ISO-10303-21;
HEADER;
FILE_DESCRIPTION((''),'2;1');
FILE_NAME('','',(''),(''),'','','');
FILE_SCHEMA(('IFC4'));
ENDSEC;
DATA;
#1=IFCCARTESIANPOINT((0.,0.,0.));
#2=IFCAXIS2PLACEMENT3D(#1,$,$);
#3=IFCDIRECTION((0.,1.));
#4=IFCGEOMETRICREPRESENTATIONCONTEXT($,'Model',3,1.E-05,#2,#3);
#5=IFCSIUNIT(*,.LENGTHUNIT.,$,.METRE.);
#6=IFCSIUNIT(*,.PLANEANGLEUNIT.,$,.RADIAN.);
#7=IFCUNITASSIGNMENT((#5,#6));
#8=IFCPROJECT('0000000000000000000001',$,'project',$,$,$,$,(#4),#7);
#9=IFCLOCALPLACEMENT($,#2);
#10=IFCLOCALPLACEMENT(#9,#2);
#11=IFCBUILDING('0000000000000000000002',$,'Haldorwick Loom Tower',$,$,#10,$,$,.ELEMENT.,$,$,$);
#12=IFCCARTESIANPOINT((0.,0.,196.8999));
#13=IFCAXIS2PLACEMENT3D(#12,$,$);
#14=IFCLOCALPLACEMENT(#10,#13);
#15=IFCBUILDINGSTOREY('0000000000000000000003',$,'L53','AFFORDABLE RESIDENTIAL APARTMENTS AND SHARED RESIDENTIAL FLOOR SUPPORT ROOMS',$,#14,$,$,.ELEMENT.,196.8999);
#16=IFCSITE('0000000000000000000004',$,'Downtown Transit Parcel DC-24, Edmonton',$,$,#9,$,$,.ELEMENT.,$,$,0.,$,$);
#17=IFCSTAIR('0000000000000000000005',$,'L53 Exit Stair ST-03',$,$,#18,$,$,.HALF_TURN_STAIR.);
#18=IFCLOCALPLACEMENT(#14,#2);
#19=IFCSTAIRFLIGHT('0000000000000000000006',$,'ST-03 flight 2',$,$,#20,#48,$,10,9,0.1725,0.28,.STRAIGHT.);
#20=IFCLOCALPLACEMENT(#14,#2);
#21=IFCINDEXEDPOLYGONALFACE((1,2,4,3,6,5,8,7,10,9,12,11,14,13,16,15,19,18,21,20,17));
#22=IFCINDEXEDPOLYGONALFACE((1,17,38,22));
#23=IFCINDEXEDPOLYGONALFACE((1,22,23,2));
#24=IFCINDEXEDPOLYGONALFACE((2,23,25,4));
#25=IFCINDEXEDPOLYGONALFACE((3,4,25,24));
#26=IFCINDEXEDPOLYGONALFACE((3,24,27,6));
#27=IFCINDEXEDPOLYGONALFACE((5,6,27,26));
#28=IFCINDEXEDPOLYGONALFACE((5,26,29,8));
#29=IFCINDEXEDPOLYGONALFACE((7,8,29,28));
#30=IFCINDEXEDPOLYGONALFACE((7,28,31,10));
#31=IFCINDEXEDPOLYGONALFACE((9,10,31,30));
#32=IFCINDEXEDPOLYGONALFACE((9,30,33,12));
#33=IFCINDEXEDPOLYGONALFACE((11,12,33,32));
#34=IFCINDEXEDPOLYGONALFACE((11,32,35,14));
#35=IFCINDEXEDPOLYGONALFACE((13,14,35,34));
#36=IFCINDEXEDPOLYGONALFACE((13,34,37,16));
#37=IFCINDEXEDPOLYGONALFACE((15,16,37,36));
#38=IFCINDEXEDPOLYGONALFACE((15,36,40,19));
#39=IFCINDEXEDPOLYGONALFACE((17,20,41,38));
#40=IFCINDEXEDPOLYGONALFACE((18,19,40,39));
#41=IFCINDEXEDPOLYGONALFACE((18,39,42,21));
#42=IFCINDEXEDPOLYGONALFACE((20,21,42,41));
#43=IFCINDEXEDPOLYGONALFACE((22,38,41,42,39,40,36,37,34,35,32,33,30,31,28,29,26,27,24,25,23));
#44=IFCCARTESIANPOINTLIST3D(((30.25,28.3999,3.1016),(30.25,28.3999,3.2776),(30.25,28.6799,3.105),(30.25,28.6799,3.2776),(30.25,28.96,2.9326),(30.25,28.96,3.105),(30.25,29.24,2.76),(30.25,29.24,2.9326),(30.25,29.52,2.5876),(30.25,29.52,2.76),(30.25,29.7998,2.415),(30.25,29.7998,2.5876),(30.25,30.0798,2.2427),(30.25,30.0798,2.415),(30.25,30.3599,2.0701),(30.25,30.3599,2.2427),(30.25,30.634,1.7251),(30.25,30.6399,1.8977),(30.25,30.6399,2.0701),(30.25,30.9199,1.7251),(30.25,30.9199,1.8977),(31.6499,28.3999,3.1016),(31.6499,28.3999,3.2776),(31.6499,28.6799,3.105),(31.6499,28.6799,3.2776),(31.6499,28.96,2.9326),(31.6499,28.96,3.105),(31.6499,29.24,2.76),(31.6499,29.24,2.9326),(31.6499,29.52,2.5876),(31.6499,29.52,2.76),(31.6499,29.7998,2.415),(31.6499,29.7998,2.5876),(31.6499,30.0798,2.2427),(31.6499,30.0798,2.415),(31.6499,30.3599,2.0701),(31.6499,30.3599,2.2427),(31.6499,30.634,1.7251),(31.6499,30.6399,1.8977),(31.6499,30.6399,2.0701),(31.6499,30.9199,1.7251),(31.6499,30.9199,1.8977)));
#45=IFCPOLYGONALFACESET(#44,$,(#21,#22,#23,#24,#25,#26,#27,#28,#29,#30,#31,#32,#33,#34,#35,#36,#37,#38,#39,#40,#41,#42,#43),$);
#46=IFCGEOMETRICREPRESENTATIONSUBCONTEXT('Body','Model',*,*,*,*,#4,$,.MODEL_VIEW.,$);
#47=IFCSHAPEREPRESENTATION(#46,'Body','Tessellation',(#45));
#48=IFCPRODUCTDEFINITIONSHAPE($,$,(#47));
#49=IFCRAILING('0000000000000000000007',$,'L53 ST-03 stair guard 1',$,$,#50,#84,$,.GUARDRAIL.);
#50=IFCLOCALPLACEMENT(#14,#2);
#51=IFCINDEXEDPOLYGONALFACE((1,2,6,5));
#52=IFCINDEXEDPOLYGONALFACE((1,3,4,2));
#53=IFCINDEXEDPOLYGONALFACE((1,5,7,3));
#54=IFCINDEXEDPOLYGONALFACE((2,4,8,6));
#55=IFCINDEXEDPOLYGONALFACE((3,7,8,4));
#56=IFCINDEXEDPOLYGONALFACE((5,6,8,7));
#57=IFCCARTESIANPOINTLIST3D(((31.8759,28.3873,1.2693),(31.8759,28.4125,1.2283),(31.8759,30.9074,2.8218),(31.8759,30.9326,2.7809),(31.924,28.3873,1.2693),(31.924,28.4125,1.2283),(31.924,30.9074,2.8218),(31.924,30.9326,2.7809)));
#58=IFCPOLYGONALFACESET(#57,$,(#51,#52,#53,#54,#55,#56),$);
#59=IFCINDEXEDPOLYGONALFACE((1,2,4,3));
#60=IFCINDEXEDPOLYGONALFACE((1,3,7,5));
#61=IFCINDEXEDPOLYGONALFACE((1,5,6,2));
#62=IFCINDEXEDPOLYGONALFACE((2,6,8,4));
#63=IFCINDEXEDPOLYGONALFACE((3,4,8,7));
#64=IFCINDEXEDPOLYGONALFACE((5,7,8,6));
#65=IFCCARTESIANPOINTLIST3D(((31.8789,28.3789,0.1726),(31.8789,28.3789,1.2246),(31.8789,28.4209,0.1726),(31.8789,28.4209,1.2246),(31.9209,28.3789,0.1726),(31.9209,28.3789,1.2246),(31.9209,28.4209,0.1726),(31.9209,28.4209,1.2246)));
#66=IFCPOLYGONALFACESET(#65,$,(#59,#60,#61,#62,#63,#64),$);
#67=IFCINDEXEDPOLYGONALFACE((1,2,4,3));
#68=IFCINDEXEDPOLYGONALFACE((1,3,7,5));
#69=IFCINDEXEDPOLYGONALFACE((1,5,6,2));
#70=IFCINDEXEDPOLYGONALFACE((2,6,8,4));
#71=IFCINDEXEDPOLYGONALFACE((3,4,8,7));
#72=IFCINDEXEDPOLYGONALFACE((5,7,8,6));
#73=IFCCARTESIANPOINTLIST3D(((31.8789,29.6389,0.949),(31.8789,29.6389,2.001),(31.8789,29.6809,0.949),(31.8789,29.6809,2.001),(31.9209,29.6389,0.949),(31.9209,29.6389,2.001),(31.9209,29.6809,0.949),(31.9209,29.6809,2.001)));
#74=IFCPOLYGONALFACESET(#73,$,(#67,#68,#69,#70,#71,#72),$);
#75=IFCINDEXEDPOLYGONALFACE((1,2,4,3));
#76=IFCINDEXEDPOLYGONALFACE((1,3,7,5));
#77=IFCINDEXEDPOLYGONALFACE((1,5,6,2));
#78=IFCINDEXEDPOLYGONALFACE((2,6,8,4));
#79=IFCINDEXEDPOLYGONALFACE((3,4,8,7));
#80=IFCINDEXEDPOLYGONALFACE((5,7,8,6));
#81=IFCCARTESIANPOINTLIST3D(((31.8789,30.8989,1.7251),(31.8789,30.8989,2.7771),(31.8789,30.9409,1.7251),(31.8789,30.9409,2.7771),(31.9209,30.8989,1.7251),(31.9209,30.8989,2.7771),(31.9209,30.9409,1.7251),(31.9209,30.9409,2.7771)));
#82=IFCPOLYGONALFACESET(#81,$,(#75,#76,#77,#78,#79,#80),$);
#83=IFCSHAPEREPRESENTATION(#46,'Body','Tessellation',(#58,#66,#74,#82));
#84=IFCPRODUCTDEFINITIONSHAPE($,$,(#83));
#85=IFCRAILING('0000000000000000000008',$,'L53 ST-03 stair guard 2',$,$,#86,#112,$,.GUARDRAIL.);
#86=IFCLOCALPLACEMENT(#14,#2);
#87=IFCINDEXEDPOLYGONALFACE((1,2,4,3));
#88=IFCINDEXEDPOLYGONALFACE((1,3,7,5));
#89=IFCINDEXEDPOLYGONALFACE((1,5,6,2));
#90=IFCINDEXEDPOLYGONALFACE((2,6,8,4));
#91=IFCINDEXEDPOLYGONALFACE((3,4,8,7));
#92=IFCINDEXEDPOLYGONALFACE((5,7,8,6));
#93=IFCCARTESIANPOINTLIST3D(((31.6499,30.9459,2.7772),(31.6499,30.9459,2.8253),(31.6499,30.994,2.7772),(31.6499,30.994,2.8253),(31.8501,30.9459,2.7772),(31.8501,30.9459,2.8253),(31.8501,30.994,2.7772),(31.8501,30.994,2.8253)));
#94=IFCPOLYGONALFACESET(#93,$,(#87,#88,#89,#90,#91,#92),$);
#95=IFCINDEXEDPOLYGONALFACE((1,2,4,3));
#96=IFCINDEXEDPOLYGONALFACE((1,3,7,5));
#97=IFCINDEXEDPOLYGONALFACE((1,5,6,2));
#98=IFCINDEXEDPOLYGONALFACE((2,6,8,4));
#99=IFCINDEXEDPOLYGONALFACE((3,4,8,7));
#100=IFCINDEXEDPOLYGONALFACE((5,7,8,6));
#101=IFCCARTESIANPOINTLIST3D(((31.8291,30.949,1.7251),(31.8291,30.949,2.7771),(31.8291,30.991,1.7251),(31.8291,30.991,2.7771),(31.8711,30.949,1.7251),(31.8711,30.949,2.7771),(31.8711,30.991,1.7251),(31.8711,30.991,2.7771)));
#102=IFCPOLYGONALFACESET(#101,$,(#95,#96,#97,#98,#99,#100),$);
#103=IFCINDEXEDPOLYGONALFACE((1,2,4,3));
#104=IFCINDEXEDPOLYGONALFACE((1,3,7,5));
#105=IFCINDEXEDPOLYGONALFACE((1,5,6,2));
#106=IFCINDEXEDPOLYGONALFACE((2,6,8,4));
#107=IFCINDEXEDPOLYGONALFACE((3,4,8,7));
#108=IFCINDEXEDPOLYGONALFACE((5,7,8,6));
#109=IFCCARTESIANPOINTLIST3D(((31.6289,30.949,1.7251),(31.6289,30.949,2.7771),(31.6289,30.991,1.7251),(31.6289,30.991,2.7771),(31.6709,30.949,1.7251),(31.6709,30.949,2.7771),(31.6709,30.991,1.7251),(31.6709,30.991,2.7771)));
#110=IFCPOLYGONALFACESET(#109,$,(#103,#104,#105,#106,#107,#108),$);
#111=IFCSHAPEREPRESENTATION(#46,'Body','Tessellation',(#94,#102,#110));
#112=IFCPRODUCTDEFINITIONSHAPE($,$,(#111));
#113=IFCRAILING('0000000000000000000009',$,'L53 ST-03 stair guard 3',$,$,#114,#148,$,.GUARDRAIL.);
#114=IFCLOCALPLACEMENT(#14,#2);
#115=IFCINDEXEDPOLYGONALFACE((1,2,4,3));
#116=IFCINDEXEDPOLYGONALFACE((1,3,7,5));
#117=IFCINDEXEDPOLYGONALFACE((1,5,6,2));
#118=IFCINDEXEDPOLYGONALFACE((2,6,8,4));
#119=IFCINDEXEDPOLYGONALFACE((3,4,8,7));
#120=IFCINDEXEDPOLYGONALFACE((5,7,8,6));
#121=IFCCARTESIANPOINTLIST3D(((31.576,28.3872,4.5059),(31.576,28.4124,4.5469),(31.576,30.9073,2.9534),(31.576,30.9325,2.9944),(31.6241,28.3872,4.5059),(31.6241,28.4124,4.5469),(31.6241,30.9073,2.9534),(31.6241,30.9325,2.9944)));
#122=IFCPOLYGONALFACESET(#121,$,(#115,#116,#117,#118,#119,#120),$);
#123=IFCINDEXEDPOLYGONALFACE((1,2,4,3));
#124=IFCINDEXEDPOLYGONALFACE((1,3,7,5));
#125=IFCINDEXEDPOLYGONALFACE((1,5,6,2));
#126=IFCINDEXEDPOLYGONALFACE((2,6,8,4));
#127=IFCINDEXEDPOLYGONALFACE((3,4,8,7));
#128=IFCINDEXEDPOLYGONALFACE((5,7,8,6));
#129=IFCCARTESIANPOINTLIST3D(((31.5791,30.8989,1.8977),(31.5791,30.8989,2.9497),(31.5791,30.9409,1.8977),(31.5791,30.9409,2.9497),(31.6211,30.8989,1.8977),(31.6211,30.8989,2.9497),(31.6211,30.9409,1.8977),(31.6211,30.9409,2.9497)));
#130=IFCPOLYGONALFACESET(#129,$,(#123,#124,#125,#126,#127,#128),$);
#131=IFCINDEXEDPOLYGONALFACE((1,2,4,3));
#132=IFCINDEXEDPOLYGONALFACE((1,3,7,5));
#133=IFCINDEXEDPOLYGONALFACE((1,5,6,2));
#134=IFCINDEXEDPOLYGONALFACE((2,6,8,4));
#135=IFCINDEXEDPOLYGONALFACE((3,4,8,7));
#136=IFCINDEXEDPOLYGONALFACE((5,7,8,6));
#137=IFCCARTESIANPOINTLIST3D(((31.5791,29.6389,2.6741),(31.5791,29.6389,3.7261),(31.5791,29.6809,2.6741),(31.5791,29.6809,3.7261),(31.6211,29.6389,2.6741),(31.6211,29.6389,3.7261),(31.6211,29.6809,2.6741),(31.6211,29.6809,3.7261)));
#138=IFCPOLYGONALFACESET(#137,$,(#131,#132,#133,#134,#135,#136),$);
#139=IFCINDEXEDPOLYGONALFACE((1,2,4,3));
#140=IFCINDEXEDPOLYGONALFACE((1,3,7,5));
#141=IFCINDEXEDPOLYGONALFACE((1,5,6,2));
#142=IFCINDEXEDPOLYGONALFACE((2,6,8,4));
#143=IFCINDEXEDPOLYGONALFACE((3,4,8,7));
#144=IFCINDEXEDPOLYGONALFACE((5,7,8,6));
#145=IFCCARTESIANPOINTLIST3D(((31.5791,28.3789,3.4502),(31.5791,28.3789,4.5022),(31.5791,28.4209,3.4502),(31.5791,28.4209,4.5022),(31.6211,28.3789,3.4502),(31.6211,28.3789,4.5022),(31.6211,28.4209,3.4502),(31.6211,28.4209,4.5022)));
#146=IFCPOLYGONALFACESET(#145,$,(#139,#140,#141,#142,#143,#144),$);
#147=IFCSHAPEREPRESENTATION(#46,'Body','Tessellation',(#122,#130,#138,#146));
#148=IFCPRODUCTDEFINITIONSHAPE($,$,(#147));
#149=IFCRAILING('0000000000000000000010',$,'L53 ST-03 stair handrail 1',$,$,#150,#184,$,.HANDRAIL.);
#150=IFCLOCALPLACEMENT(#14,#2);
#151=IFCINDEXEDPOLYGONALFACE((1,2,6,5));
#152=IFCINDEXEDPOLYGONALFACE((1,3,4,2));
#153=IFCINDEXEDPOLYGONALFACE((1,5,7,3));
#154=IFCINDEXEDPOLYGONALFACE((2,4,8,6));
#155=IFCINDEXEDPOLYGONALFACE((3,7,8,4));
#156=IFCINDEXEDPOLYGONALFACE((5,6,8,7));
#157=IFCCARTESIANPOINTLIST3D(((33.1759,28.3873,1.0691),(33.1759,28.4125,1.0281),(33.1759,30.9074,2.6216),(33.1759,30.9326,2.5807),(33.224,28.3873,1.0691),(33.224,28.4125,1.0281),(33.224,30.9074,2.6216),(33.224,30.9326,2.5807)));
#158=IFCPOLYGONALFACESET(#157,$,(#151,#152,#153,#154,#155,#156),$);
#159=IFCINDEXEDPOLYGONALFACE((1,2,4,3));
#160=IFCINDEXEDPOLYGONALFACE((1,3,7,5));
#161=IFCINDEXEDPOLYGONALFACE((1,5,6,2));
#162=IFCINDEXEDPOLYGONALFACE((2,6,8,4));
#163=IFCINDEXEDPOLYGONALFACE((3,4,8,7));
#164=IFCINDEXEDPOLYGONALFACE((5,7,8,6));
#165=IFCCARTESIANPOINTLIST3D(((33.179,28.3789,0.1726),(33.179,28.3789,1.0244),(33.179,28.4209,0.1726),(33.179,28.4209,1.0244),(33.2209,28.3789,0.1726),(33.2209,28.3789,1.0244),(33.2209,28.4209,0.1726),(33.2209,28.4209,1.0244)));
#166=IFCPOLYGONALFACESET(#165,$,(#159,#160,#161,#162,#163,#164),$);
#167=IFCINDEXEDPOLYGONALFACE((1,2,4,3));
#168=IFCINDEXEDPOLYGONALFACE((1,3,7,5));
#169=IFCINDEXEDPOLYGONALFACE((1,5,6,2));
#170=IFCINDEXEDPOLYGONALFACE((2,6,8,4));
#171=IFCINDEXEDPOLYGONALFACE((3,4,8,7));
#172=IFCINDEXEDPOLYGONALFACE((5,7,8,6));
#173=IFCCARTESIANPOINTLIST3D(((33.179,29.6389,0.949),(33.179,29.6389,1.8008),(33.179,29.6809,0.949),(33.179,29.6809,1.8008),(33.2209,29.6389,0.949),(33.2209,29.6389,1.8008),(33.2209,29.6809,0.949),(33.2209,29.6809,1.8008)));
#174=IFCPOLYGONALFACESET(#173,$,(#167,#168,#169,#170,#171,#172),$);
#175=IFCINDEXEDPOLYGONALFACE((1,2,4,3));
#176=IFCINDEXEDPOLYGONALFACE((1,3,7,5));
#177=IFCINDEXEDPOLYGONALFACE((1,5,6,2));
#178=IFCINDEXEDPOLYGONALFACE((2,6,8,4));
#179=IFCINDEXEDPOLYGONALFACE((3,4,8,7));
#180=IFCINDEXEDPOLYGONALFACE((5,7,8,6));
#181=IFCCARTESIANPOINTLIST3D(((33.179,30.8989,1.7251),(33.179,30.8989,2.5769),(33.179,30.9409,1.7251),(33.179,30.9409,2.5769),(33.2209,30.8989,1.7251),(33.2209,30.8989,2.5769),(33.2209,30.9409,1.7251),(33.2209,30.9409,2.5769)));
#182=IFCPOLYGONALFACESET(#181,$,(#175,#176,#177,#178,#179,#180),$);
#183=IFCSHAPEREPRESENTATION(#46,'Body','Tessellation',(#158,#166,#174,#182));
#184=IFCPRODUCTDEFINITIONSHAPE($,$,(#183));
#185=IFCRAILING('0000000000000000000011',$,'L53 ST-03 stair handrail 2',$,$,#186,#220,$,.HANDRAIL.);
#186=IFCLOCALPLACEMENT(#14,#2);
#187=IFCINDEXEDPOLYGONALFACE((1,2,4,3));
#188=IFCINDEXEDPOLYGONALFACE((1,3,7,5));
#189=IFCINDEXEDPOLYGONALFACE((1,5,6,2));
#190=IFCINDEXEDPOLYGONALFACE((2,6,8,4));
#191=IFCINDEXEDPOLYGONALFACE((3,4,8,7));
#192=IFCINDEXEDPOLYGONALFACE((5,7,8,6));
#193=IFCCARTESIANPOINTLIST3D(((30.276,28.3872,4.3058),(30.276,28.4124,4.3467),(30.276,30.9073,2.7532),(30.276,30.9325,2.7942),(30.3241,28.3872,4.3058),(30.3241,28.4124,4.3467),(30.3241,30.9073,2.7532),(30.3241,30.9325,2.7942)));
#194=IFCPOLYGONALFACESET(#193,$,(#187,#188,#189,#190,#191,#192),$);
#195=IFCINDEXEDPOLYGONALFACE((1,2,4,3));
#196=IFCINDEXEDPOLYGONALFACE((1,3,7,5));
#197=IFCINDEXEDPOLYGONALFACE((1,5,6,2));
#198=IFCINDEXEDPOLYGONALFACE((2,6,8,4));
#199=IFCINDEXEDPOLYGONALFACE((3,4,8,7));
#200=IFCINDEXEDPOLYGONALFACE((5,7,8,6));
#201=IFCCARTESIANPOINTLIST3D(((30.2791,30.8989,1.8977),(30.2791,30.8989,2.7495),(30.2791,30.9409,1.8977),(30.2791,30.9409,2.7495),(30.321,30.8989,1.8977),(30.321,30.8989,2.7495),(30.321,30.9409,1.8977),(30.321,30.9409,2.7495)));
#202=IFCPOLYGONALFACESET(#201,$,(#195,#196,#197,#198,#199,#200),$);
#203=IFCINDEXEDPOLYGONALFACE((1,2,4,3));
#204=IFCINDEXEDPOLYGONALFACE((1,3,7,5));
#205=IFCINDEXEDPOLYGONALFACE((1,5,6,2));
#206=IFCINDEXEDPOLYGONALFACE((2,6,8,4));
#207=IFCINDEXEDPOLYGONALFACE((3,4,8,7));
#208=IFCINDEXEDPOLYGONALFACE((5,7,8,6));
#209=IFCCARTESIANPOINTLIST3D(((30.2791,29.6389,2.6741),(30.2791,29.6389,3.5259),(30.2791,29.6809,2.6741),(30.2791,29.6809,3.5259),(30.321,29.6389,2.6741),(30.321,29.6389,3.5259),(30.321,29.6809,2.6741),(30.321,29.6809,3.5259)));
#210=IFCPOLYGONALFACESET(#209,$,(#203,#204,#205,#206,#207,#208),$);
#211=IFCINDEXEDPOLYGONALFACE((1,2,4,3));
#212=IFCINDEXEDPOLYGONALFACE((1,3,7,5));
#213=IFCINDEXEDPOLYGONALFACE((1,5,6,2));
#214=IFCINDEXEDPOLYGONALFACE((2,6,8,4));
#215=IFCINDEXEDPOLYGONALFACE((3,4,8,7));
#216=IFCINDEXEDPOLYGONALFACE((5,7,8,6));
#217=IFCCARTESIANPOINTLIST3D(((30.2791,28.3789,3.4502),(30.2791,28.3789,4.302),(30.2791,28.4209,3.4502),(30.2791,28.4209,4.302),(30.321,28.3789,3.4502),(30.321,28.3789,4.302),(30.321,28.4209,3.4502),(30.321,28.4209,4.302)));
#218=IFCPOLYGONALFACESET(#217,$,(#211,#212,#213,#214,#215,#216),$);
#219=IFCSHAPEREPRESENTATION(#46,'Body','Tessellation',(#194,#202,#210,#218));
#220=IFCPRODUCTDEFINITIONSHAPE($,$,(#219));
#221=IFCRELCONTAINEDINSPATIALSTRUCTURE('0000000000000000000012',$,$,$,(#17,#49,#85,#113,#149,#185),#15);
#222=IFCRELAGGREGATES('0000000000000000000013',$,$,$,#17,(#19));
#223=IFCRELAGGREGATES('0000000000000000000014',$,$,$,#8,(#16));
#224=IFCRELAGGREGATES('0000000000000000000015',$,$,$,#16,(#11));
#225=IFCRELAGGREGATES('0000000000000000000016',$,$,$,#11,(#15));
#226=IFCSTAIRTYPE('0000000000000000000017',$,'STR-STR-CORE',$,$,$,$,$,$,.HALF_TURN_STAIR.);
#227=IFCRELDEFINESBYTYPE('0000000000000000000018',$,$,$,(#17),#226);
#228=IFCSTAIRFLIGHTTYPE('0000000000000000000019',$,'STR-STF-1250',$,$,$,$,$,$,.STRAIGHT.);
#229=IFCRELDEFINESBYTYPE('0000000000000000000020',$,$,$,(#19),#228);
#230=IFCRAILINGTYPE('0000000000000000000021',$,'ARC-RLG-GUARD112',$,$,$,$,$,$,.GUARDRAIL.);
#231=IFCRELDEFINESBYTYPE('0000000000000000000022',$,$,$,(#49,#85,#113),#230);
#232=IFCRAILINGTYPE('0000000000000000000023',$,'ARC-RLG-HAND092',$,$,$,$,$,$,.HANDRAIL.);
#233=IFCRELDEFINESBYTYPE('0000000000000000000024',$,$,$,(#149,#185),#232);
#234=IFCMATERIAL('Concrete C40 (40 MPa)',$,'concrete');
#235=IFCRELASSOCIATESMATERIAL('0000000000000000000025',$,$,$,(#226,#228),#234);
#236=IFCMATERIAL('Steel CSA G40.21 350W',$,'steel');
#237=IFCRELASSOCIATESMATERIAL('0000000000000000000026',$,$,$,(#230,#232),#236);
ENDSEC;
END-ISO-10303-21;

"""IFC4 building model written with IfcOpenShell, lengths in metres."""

from ifc_helpers import new_model, si_unit, direction, frame, origin, origin_2d, place, context, subcontext, project, spatial, polyline, rectangle, outline, extrude, material, type_object, element, aggregate, save


model = new_model("IFC4")

# Units and contexts
model_context = context("Model", 3, precision=1e-05, world=origin(), true_north=direction((0.0, 1.0)))
body_context = subcontext(model_context, "Body", "Model", "MODEL_VIEW")
ifc_project = project(units=[si_unit("LENGTHUNIT", "METRE"), si_unit("PLANEANGLEUNIT", "RADIAN")], contexts=[model_context])

# Site, building, storey
site_placement = place(None, origin())
site = spatial("IfcSite", under=ifc_project, at=site_placement, Name="Downtown Transit Parcel DC-24, Edmonton", CompositionType="ELEMENT", RefElevation=0.0)
building_placement = place(site_placement, origin())
building = spatial("IfcBuilding", under=site, at=building_placement, Name="Haldorwick Loom Tower", CompositionType="ELEMENT")
storey_placement = place(building_placement, frame((0.0, 0.0, 196.8999)))
storey = spatial("IfcBuildingStorey", under=building, at=storey_placement, Name="L53", Description="AFFORDABLE RESIDENTIAL APARTMENTS AND SHARED RESIDENTIAL FLOOR SUPPORT ROOMS", CompositionType="ELEMENT", Elevation=196.8999)

# Shared definitions
ifc_material_1 = material(Name="Steel CSA G40.21 350W", Category="steel")

# Stair, stair flight
ifc_material_2 = material(Name="Concrete C40 (40 MPa)", Category="concrete")
stair_type = type_object("IfcStairType", Name="STR-STR-CORE", PredefinedType="HALF_TURN_STAIR", material=ifc_material_2)
stair_placement = place(storey_placement, origin())
stair = element("IfcStair", 1, at=stair_placement, inside=storey, type_object=stair_type, Name="L53 Exit Stair ST-03", PredefinedType="HALF_TURN_STAIR")
stair_flight_type = type_object("IfcStairFlightType", Name="STR-STF-1250", PredefinedType="STRAIGHT", material=ifc_material_2)
stair_flight_1_placement = place(storey_placement, frame((30.95, 30.9199, 1.7251), z_axis=(0.0, 0.0, 1.0), x_axis=(0.0, -1.0, 0.0)))
stair_flight_1 = element("IfcStairFlight", 2, at=stair_flight_1_placement, type_object=stair_flight_type, Name="ST-03 flight 2", NumberOfRisers=10, NumberOfTreads=9, PredefinedType="STRAIGHT", RiserHeight=0.1725, TreadLength=0.28, context=body_context, shape_type="SweptSolid", body=[
    extrude(outline(polyline([(0.0, 0.0), (0.0, 0.1726), (0.28, 0.1726), (0.28, 0.345), (0.5601, 0.345), (0.5601, 0.5176), (0.8401, 0.5176), (0.8401, 0.6899), (1.1201, 0.6899), (1.1201, 0.8625), (1.3999, 0.8625), (1.3999, 1.0349), (1.6799, 1.0349), (1.6799, 1.2075), (1.96, 1.2075), (1.96, 1.3799), (2.24, 1.3799), (2.24, 1.5525), (2.52, 1.5525), (2.52, 1.7251), (2.52, 1.3765), (0.2859, 0.0), (0.0, 0.0)])), frame((0.0, 0.7, 0.0), z_axis=(0.0, -1.0, 0.0), x_axis=(1.0, 0.0, 0.0)), (0.0, 0.0, 1.0), 1.3999),
])
aggregate(stair, [stair_flight_1])

# Railings
railing_type_1 = type_object("IfcRailingType", Name="ARC-RLG-GUARD112", PredefinedType="GUARDRAIL", material=ifc_material_1)
railing_1_placement = place(storey_placement, frame((31.8999, 28.3999, 0.1726)))
element("IfcRailing", 3, at=railing_1_placement, inside=storey, type_object=railing_type_1, Name="L53 ST-03 stair guard 1", PredefinedType="GUARDRAIL", context=body_context, shape_type="SweptSolid", body=[
    extrude(rectangle(XDim=0.0481, YDim=0.0481, at=origin_2d()), frame((0.0, 0.0, 1.0762), z_axis=(0.0, 0.8514, 0.524516), x_axis=(-1.0, 0.0, 0.0)), (0.0, 0.0, 1.0), 2.96),
    extrude(rectangle(XDim=0.042, YDim=0.042, at=origin_2d()), origin(), (0.0, 0.0, 1.0), 1.052),
    extrude(rectangle(XDim=0.042, YDim=0.042, at=origin_2d()), frame((0.0, 1.26, 0.7764)), (0.0, 0.0, 1.0), 1.052),
    extrude(rectangle(XDim=0.042, YDim=0.042, at=origin_2d()), frame((0.0, 2.52, 1.5525)), (0.0, 0.0, 1.0), 1.052),
])
railing_2_placement = place(storey_placement, frame((31.8501, 30.97, 1.7251)))
element("IfcRailing", 4, at=railing_2_placement, inside=storey, type_object=railing_type_1, Name="L53 ST-03 stair guard 2", PredefinedType="GUARDRAIL", context=body_context, shape_type="SweptSolid", body=[
    extrude(rectangle(XDim=0.0481, YDim=0.0481, at=origin_2d()), frame((0.0, 0.0, 1.0762), z_axis=(-1.0, 0.0, 0.0), x_axis=(0.0, -1.0, 0.0)), (0.0, 0.0, 1.0), 0.2002),
    extrude(rectangle(XDim=0.042, YDim=0.042, at=origin_2d()), origin(), (0.0, 0.0, 1.0), 1.052),
    extrude(rectangle(XDim=0.042, YDim=0.042, at=origin_2d()), frame((-0.2002, 0.0, 0.0)), (0.0, 0.0, 1.0), 1.052),
])
railing_3_placement = place(storey_placement, frame((31.6001, 30.9199, 1.8977)))
element("IfcRailing", 5, at=railing_3_placement, inside=storey, type_object=railing_type_1, Name="L53 ST-03 stair guard 3", PredefinedType="GUARDRAIL", context=body_context, shape_type="SweptSolid", body=[
    extrude(rectangle(XDim=0.0481, YDim=0.0481, at=origin_2d()), frame((0.0, 0.0, 1.0762), z_axis=(0.0, -0.8514, 0.524516), x_axis=(1.0, 0.0, 0.0)), (0.0, 0.0, 1.0), 2.96),
    extrude(rectangle(XDim=0.042, YDim=0.042, at=origin_2d()), origin(), (0.0, 0.0, 1.0), 1.052),
    extrude(rectangle(XDim=0.042, YDim=0.042, at=origin_2d()), frame((0.0, -1.26, 0.7764)), (0.0, 0.0, 1.0), 1.052),
    extrude(rectangle(XDim=0.042, YDim=0.042, at=origin_2d()), frame((0.0, -2.52, 1.5525)), (0.0, 0.0, 1.0), 1.052),
])
railing_type_2 = type_object("IfcRailingType", Name="ARC-RLG-HAND092", PredefinedType="HANDRAIL", material=ifc_material_1)
railing_4_placement = place(storey_placement, frame((33.2, 28.3999, 0.1726)))
element("IfcRailing", 6, at=railing_4_placement, inside=storey, type_object=railing_type_2, Name="L53 ST-03 stair handrail 1", PredefinedType="HANDRAIL", context=body_context, shape_type="SweptSolid", body=[
    extrude(rectangle(XDim=0.0481, YDim=0.0481, at=origin_2d()), frame((0.0, 0.0, 0.876), z_axis=(0.0, 0.8514, 0.524516), x_axis=(-1.0, 0.0, 0.0)), (0.0, 0.0, 1.0), 2.96),
    extrude(rectangle(XDim=0.042, YDim=0.042, at=origin_2d()), origin(), (0.0, 0.0, 1.0), 0.8518),
    extrude(rectangle(XDim=0.042, YDim=0.042, at=origin_2d()), frame((0.0, 1.26, 0.7764)), (0.0, 0.0, 1.0), 0.8518),
    extrude(rectangle(XDim=0.042, YDim=0.042, at=origin_2d()), frame((0.0, 2.52, 1.5525)), (0.0, 0.0, 1.0), 0.8518),
])
railing_5_placement = place(storey_placement, frame((30.3, 30.9199, 1.8977)))
element("IfcRailing", 7, at=railing_5_placement, inside=storey, type_object=railing_type_2, Name="L53 ST-03 stair handrail 2", PredefinedType="HANDRAIL", context=body_context, shape_type="SweptSolid", body=[
    extrude(rectangle(XDim=0.0481, YDim=0.0481, at=origin_2d()), frame((0.0, 0.0, 0.876), z_axis=(0.0, -0.8514, 0.524516), x_axis=(1.0, 0.0, 0.0)), (0.0, 0.0, 1.0), 2.96),
    extrude(rectangle(XDim=0.042, YDim=0.042, at=origin_2d()), origin(), (0.0, 0.0, 1.0), 0.8518),
    extrude(rectangle(XDim=0.042, YDim=0.042, at=origin_2d()), frame((0.0, -1.26, 0.7764)), (0.0, 0.0, 1.0), 0.8518),
    extrude(rectangle(XDim=0.042, YDim=0.042, at=origin_2d()), frame((0.0, -2.52, 1.5525)), (0.0, 0.0, 1.0), 0.8518),
])

save(model, "model.ifc")
